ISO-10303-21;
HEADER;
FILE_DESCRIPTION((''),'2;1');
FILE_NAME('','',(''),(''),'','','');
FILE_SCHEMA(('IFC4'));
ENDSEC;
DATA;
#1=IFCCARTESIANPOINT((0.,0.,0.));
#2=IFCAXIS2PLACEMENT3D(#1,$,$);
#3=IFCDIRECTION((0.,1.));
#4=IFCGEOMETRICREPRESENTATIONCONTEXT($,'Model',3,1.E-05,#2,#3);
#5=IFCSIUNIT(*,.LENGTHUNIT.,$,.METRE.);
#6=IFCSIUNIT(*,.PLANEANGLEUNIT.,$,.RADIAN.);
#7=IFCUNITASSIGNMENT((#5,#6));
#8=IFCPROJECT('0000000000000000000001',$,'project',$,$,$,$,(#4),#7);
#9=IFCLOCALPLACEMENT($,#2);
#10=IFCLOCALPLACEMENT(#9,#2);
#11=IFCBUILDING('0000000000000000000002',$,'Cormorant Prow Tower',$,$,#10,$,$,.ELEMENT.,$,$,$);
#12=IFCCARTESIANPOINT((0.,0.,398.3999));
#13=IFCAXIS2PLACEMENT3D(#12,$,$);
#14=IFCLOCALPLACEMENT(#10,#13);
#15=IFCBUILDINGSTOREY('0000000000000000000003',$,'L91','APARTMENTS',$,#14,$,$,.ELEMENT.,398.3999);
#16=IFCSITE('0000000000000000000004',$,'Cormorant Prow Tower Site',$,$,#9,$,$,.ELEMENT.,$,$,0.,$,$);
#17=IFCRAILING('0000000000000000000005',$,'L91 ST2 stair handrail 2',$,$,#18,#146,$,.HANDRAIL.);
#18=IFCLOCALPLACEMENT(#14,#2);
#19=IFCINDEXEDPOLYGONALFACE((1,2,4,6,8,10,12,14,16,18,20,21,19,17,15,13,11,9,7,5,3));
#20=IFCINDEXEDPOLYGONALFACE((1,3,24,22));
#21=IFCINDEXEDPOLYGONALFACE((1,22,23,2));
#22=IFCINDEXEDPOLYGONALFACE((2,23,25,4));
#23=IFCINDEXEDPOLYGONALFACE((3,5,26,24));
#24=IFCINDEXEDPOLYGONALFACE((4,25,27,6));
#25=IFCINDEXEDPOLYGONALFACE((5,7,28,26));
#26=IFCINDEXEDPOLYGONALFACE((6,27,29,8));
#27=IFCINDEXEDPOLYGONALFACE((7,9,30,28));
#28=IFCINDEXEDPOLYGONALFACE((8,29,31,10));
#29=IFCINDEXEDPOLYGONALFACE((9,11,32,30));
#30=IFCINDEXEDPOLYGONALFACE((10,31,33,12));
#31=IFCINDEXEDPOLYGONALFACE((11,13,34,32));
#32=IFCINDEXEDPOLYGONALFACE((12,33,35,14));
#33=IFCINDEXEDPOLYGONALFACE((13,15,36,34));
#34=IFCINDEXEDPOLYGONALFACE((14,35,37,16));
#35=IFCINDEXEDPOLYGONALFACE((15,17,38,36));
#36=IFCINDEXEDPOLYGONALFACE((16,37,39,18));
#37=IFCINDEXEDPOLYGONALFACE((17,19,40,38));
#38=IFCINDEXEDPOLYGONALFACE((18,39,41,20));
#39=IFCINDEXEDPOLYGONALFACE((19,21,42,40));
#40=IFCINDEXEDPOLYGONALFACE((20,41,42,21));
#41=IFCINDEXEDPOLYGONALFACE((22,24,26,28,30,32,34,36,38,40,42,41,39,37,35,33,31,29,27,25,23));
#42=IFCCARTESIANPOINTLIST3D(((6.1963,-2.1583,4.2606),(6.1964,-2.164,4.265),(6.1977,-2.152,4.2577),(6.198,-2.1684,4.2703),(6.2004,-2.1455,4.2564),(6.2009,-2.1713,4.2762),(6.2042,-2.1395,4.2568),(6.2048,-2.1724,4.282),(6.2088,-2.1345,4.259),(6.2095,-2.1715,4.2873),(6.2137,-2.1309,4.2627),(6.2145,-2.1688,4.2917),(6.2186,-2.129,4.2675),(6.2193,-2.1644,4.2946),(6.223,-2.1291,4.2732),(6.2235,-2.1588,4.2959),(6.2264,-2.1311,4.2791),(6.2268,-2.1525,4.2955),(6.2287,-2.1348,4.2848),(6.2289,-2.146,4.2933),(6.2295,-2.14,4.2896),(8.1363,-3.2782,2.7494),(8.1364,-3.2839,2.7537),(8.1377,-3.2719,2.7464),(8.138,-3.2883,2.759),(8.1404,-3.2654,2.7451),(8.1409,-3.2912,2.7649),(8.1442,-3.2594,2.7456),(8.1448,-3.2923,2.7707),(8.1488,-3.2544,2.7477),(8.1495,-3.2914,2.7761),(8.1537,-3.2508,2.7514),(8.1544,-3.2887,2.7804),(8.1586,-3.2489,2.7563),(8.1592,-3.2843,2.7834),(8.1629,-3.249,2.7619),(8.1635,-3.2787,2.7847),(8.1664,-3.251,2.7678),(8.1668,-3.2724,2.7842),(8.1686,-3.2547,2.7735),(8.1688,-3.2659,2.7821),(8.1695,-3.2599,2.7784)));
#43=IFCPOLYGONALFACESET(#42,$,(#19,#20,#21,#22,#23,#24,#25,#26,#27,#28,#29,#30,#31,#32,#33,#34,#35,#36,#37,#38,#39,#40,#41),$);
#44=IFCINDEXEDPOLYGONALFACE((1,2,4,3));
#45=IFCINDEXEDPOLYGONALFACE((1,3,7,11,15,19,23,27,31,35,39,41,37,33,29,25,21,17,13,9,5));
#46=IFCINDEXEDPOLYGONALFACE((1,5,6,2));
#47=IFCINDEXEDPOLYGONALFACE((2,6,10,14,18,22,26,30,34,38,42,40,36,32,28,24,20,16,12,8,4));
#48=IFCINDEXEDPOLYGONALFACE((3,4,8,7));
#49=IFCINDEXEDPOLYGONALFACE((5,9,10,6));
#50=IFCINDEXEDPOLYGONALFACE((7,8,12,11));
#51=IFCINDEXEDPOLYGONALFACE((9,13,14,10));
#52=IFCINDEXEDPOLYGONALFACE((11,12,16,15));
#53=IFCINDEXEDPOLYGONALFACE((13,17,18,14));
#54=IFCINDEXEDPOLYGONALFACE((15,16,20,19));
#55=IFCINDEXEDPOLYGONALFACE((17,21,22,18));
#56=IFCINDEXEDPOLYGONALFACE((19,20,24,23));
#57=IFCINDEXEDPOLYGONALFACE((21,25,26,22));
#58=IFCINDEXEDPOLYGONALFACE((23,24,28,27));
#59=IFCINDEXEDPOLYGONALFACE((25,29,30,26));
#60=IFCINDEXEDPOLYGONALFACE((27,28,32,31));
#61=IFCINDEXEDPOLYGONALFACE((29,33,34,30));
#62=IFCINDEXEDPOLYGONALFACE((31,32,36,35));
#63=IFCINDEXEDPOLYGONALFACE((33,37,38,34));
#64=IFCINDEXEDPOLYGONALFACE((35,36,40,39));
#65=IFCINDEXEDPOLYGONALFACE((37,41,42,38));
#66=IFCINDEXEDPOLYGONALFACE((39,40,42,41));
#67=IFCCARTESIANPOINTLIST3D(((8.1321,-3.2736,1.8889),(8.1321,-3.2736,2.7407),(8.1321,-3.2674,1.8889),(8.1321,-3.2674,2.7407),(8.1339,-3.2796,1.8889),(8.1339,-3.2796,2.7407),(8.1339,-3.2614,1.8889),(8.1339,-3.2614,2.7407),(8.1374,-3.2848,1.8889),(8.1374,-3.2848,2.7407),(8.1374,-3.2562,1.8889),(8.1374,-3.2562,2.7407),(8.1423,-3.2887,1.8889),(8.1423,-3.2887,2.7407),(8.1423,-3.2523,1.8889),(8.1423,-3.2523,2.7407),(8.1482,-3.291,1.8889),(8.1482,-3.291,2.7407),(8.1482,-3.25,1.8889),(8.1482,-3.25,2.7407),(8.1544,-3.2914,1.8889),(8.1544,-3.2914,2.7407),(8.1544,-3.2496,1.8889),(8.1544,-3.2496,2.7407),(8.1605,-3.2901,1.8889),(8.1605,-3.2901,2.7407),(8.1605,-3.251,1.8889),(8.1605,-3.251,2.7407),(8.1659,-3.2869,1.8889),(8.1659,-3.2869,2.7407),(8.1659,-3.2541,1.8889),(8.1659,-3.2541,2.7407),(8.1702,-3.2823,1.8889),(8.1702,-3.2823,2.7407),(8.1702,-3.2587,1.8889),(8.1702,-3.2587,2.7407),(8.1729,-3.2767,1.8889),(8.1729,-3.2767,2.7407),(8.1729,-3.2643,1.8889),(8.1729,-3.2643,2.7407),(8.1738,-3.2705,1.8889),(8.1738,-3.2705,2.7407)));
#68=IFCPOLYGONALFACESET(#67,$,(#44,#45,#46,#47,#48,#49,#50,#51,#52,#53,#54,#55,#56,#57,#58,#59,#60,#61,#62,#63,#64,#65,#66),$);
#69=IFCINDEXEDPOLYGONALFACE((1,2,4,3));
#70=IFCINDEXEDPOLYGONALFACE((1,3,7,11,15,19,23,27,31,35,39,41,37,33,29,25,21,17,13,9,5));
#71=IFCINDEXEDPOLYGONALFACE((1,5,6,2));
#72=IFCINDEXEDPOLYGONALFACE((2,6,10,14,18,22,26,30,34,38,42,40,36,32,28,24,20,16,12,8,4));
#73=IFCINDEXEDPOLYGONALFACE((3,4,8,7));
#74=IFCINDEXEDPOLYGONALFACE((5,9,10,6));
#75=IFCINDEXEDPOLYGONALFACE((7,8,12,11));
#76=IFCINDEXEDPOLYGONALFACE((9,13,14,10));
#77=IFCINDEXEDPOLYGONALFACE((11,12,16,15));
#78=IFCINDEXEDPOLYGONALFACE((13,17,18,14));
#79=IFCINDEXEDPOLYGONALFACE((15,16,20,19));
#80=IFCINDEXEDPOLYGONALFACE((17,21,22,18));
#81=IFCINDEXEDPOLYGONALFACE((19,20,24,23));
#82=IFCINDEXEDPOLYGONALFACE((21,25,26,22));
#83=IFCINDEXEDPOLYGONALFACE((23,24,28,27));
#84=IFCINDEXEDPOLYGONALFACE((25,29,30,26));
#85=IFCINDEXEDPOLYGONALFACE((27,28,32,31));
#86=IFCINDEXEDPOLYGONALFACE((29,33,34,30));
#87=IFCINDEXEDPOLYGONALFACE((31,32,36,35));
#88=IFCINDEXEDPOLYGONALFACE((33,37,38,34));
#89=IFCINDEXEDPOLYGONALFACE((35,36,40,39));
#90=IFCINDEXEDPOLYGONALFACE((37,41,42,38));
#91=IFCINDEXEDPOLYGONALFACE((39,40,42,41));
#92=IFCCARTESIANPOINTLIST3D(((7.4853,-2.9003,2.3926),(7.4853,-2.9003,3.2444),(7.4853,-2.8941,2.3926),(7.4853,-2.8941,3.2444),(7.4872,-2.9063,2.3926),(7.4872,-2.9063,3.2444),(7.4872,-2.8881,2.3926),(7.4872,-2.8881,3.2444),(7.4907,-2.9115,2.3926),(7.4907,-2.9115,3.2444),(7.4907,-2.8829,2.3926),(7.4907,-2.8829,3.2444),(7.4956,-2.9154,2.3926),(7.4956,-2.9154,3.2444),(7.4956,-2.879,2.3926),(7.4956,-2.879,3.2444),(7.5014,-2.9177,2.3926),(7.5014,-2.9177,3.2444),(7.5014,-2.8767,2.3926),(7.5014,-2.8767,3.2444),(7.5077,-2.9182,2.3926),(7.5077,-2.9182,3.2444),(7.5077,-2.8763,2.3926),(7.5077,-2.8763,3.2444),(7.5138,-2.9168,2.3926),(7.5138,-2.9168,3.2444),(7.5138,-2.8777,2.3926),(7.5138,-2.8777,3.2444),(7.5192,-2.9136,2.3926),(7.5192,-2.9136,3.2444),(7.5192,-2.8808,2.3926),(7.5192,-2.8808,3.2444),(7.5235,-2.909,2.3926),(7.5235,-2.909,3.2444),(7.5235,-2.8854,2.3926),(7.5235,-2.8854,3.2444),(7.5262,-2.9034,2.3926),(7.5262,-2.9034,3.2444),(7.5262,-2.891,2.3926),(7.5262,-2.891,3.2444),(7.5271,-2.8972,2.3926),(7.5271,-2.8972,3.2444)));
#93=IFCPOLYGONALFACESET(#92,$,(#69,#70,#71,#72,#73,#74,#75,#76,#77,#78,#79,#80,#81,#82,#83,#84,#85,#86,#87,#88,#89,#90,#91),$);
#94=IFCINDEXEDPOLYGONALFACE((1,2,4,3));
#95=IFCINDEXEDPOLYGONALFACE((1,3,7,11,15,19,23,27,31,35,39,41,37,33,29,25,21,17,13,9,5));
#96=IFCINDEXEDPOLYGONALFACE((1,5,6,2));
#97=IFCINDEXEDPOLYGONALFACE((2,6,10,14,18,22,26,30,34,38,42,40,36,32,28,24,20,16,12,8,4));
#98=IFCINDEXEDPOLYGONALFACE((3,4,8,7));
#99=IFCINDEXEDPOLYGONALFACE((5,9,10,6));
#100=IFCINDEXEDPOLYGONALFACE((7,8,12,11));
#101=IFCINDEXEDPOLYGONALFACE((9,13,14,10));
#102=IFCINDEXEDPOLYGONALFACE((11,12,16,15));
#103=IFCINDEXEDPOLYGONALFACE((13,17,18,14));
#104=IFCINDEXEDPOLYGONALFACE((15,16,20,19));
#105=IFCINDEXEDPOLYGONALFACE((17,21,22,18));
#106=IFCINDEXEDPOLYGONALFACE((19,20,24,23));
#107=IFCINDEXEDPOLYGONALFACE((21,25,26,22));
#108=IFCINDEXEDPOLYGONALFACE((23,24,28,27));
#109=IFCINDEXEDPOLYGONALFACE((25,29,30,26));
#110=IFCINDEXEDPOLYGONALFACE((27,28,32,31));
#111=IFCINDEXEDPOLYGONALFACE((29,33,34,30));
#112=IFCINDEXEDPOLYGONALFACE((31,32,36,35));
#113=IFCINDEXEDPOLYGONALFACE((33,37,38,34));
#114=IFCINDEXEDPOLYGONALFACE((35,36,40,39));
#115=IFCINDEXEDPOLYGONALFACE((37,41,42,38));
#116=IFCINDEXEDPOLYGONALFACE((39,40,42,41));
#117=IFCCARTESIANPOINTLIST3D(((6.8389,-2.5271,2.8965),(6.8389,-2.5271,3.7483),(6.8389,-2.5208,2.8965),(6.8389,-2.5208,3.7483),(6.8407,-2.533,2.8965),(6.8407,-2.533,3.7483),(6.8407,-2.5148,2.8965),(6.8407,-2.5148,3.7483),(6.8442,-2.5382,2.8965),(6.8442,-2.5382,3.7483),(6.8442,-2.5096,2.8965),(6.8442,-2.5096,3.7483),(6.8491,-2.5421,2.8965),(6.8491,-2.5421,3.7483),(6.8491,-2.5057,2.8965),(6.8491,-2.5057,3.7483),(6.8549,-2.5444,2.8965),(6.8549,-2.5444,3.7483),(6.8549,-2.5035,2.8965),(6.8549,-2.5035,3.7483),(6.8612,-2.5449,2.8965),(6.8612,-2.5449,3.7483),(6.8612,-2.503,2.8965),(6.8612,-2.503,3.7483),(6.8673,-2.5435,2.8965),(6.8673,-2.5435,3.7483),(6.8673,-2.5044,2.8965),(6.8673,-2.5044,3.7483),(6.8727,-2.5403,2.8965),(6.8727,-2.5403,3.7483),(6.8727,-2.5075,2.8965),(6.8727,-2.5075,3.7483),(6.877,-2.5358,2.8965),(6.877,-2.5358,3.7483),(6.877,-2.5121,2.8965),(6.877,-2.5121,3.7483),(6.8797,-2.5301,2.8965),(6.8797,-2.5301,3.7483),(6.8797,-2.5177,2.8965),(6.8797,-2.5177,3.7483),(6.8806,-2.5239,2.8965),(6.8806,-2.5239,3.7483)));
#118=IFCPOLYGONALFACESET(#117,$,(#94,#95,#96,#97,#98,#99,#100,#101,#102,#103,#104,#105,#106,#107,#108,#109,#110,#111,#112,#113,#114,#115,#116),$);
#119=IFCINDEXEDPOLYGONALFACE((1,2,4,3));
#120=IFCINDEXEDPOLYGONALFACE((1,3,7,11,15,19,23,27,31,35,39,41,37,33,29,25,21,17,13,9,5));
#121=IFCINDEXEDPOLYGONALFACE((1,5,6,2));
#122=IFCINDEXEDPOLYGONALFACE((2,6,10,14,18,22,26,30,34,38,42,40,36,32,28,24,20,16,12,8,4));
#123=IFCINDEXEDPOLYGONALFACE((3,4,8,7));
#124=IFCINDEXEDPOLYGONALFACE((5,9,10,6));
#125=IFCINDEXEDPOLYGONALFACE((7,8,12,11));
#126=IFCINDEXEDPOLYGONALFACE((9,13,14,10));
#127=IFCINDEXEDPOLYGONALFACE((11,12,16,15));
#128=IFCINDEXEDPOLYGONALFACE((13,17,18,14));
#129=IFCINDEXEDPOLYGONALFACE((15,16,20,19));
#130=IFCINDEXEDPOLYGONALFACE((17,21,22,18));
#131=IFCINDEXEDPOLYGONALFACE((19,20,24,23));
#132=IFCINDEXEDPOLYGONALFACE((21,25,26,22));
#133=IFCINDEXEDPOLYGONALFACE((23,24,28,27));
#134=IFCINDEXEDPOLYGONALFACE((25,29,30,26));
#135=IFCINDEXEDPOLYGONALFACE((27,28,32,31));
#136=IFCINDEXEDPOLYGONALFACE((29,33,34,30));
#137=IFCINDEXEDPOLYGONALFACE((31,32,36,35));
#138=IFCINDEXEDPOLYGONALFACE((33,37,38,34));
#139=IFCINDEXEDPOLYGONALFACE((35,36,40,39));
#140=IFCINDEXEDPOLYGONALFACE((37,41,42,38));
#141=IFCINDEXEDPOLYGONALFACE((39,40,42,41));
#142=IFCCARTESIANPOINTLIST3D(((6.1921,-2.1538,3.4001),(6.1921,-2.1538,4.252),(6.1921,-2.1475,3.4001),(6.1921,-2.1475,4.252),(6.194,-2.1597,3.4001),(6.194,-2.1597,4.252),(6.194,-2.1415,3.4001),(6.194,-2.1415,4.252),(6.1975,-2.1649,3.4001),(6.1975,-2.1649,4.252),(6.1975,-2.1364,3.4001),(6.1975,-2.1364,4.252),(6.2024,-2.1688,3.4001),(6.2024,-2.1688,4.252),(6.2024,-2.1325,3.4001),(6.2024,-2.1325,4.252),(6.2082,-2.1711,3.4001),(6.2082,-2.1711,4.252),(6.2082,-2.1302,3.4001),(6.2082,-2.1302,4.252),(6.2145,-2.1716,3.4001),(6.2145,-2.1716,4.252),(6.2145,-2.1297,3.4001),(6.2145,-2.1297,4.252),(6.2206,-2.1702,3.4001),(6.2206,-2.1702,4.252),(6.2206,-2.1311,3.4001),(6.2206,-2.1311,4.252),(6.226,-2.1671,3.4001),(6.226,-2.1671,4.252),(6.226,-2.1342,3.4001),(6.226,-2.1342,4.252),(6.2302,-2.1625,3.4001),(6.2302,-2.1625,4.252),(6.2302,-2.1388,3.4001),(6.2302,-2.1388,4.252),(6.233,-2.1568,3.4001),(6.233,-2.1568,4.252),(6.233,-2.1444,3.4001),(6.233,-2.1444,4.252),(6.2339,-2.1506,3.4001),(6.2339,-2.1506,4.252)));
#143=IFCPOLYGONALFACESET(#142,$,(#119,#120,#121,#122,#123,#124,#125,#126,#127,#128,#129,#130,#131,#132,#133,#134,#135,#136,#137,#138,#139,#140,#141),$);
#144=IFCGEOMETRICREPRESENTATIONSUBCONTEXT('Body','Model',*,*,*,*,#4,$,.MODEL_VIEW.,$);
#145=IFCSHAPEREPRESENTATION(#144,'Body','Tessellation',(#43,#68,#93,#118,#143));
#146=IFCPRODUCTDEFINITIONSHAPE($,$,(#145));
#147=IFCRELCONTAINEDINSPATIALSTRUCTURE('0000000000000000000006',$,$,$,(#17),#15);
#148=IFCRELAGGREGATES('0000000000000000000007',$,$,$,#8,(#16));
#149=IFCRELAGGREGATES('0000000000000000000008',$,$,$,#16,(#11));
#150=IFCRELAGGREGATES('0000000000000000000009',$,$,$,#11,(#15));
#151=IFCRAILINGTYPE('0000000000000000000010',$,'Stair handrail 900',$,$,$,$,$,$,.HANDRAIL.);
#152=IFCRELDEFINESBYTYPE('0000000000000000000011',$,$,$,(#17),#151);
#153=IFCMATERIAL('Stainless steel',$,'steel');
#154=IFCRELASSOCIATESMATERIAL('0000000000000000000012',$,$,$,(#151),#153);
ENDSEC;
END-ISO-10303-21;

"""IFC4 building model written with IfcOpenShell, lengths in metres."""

from ifc_helpers import new_model, si_unit, direction, frame, origin, origin_2d, place, context, subcontext, project, spatial, circle, extrude, material, type_object, element, save


model = new_model("IFC4")

# Units and contexts
model_context = context("Model", 3, precision=1e-05, world=origin(), true_north=direction((0.0, 1.0)))
body_context = subcontext(model_context, "Body", "Model", "MODEL_VIEW")
ifc_project = project(units=[si_unit("LENGTHUNIT", "METRE"), si_unit("PLANEANGLEUNIT", "RADIAN")], contexts=[model_context])

# Site, building, storey
site_placement = place(None, origin())
site = spatial("IfcSite", under=ifc_project, at=site_placement, Name="Cormorant Prow Tower Site", CompositionType="ELEMENT", RefElevation=0.0)
building_placement = place(site_placement, origin())
building = spatial("IfcBuilding", under=site, at=building_placement, Name="Cormorant Prow Tower", CompositionType="ELEMENT")
storey_placement = place(building_placement, frame((0.0, 0.0, 398.3999)))
storey = spatial("IfcBuildingStorey", under=building, at=storey_placement, Name="L91", Description="APARTMENTS", CompositionType="ELEMENT", Elevation=398.3999)

# Railing
ifc_material_1 = material(Name="Stainless steel", Category="steel")
railing_type = type_object("IfcRailingType", Name="Stair handrail 900", PredefinedType="HANDRAIL", material=ifc_material_1)
railing_placement = place(storey_placement, frame((8.1528, -3.2705, 1.8889)))
element("IfcRailing", 1, at=railing_placement, inside=storey, type_object=railing_type, Name="L91 ST2 stair handrail 2", PredefinedType="HANDRAIL", context=body_context, shape_type="SweptSolid", body=[
    extrude(circle(Radius=0.0239, at=origin_2d()), frame((0.0, 0.0, 0.876), z_axis=(-0.71794, 0.414447, 0.559281), x_axis=(-0.499949, -0.866055, 0.0)), (0.0, 0.0, 1.0), 2.7021),
    extrude(circle(Radius=0.021, at=origin_2d()), origin(), (0.0, 0.0, 1.0), 0.8518),
    extrude(circle(Radius=0.021, at=origin_2d()), frame((-0.6467, 0.3733, 0.5037)), (0.0, 0.0, 1.0), 0.8518),
    extrude(circle(Radius=0.021, at=origin_2d()), frame((-1.2932, 0.7466, 1.0076)), (0.0, 0.0, 1.0), 0.8518),
    extrude(circle(Radius=0.021, at=origin_2d()), frame((-1.9399, 1.1199, 1.5112)), (0.0, 0.0, 1.0), 0.8518),
])

save(model, "model.ifc")
